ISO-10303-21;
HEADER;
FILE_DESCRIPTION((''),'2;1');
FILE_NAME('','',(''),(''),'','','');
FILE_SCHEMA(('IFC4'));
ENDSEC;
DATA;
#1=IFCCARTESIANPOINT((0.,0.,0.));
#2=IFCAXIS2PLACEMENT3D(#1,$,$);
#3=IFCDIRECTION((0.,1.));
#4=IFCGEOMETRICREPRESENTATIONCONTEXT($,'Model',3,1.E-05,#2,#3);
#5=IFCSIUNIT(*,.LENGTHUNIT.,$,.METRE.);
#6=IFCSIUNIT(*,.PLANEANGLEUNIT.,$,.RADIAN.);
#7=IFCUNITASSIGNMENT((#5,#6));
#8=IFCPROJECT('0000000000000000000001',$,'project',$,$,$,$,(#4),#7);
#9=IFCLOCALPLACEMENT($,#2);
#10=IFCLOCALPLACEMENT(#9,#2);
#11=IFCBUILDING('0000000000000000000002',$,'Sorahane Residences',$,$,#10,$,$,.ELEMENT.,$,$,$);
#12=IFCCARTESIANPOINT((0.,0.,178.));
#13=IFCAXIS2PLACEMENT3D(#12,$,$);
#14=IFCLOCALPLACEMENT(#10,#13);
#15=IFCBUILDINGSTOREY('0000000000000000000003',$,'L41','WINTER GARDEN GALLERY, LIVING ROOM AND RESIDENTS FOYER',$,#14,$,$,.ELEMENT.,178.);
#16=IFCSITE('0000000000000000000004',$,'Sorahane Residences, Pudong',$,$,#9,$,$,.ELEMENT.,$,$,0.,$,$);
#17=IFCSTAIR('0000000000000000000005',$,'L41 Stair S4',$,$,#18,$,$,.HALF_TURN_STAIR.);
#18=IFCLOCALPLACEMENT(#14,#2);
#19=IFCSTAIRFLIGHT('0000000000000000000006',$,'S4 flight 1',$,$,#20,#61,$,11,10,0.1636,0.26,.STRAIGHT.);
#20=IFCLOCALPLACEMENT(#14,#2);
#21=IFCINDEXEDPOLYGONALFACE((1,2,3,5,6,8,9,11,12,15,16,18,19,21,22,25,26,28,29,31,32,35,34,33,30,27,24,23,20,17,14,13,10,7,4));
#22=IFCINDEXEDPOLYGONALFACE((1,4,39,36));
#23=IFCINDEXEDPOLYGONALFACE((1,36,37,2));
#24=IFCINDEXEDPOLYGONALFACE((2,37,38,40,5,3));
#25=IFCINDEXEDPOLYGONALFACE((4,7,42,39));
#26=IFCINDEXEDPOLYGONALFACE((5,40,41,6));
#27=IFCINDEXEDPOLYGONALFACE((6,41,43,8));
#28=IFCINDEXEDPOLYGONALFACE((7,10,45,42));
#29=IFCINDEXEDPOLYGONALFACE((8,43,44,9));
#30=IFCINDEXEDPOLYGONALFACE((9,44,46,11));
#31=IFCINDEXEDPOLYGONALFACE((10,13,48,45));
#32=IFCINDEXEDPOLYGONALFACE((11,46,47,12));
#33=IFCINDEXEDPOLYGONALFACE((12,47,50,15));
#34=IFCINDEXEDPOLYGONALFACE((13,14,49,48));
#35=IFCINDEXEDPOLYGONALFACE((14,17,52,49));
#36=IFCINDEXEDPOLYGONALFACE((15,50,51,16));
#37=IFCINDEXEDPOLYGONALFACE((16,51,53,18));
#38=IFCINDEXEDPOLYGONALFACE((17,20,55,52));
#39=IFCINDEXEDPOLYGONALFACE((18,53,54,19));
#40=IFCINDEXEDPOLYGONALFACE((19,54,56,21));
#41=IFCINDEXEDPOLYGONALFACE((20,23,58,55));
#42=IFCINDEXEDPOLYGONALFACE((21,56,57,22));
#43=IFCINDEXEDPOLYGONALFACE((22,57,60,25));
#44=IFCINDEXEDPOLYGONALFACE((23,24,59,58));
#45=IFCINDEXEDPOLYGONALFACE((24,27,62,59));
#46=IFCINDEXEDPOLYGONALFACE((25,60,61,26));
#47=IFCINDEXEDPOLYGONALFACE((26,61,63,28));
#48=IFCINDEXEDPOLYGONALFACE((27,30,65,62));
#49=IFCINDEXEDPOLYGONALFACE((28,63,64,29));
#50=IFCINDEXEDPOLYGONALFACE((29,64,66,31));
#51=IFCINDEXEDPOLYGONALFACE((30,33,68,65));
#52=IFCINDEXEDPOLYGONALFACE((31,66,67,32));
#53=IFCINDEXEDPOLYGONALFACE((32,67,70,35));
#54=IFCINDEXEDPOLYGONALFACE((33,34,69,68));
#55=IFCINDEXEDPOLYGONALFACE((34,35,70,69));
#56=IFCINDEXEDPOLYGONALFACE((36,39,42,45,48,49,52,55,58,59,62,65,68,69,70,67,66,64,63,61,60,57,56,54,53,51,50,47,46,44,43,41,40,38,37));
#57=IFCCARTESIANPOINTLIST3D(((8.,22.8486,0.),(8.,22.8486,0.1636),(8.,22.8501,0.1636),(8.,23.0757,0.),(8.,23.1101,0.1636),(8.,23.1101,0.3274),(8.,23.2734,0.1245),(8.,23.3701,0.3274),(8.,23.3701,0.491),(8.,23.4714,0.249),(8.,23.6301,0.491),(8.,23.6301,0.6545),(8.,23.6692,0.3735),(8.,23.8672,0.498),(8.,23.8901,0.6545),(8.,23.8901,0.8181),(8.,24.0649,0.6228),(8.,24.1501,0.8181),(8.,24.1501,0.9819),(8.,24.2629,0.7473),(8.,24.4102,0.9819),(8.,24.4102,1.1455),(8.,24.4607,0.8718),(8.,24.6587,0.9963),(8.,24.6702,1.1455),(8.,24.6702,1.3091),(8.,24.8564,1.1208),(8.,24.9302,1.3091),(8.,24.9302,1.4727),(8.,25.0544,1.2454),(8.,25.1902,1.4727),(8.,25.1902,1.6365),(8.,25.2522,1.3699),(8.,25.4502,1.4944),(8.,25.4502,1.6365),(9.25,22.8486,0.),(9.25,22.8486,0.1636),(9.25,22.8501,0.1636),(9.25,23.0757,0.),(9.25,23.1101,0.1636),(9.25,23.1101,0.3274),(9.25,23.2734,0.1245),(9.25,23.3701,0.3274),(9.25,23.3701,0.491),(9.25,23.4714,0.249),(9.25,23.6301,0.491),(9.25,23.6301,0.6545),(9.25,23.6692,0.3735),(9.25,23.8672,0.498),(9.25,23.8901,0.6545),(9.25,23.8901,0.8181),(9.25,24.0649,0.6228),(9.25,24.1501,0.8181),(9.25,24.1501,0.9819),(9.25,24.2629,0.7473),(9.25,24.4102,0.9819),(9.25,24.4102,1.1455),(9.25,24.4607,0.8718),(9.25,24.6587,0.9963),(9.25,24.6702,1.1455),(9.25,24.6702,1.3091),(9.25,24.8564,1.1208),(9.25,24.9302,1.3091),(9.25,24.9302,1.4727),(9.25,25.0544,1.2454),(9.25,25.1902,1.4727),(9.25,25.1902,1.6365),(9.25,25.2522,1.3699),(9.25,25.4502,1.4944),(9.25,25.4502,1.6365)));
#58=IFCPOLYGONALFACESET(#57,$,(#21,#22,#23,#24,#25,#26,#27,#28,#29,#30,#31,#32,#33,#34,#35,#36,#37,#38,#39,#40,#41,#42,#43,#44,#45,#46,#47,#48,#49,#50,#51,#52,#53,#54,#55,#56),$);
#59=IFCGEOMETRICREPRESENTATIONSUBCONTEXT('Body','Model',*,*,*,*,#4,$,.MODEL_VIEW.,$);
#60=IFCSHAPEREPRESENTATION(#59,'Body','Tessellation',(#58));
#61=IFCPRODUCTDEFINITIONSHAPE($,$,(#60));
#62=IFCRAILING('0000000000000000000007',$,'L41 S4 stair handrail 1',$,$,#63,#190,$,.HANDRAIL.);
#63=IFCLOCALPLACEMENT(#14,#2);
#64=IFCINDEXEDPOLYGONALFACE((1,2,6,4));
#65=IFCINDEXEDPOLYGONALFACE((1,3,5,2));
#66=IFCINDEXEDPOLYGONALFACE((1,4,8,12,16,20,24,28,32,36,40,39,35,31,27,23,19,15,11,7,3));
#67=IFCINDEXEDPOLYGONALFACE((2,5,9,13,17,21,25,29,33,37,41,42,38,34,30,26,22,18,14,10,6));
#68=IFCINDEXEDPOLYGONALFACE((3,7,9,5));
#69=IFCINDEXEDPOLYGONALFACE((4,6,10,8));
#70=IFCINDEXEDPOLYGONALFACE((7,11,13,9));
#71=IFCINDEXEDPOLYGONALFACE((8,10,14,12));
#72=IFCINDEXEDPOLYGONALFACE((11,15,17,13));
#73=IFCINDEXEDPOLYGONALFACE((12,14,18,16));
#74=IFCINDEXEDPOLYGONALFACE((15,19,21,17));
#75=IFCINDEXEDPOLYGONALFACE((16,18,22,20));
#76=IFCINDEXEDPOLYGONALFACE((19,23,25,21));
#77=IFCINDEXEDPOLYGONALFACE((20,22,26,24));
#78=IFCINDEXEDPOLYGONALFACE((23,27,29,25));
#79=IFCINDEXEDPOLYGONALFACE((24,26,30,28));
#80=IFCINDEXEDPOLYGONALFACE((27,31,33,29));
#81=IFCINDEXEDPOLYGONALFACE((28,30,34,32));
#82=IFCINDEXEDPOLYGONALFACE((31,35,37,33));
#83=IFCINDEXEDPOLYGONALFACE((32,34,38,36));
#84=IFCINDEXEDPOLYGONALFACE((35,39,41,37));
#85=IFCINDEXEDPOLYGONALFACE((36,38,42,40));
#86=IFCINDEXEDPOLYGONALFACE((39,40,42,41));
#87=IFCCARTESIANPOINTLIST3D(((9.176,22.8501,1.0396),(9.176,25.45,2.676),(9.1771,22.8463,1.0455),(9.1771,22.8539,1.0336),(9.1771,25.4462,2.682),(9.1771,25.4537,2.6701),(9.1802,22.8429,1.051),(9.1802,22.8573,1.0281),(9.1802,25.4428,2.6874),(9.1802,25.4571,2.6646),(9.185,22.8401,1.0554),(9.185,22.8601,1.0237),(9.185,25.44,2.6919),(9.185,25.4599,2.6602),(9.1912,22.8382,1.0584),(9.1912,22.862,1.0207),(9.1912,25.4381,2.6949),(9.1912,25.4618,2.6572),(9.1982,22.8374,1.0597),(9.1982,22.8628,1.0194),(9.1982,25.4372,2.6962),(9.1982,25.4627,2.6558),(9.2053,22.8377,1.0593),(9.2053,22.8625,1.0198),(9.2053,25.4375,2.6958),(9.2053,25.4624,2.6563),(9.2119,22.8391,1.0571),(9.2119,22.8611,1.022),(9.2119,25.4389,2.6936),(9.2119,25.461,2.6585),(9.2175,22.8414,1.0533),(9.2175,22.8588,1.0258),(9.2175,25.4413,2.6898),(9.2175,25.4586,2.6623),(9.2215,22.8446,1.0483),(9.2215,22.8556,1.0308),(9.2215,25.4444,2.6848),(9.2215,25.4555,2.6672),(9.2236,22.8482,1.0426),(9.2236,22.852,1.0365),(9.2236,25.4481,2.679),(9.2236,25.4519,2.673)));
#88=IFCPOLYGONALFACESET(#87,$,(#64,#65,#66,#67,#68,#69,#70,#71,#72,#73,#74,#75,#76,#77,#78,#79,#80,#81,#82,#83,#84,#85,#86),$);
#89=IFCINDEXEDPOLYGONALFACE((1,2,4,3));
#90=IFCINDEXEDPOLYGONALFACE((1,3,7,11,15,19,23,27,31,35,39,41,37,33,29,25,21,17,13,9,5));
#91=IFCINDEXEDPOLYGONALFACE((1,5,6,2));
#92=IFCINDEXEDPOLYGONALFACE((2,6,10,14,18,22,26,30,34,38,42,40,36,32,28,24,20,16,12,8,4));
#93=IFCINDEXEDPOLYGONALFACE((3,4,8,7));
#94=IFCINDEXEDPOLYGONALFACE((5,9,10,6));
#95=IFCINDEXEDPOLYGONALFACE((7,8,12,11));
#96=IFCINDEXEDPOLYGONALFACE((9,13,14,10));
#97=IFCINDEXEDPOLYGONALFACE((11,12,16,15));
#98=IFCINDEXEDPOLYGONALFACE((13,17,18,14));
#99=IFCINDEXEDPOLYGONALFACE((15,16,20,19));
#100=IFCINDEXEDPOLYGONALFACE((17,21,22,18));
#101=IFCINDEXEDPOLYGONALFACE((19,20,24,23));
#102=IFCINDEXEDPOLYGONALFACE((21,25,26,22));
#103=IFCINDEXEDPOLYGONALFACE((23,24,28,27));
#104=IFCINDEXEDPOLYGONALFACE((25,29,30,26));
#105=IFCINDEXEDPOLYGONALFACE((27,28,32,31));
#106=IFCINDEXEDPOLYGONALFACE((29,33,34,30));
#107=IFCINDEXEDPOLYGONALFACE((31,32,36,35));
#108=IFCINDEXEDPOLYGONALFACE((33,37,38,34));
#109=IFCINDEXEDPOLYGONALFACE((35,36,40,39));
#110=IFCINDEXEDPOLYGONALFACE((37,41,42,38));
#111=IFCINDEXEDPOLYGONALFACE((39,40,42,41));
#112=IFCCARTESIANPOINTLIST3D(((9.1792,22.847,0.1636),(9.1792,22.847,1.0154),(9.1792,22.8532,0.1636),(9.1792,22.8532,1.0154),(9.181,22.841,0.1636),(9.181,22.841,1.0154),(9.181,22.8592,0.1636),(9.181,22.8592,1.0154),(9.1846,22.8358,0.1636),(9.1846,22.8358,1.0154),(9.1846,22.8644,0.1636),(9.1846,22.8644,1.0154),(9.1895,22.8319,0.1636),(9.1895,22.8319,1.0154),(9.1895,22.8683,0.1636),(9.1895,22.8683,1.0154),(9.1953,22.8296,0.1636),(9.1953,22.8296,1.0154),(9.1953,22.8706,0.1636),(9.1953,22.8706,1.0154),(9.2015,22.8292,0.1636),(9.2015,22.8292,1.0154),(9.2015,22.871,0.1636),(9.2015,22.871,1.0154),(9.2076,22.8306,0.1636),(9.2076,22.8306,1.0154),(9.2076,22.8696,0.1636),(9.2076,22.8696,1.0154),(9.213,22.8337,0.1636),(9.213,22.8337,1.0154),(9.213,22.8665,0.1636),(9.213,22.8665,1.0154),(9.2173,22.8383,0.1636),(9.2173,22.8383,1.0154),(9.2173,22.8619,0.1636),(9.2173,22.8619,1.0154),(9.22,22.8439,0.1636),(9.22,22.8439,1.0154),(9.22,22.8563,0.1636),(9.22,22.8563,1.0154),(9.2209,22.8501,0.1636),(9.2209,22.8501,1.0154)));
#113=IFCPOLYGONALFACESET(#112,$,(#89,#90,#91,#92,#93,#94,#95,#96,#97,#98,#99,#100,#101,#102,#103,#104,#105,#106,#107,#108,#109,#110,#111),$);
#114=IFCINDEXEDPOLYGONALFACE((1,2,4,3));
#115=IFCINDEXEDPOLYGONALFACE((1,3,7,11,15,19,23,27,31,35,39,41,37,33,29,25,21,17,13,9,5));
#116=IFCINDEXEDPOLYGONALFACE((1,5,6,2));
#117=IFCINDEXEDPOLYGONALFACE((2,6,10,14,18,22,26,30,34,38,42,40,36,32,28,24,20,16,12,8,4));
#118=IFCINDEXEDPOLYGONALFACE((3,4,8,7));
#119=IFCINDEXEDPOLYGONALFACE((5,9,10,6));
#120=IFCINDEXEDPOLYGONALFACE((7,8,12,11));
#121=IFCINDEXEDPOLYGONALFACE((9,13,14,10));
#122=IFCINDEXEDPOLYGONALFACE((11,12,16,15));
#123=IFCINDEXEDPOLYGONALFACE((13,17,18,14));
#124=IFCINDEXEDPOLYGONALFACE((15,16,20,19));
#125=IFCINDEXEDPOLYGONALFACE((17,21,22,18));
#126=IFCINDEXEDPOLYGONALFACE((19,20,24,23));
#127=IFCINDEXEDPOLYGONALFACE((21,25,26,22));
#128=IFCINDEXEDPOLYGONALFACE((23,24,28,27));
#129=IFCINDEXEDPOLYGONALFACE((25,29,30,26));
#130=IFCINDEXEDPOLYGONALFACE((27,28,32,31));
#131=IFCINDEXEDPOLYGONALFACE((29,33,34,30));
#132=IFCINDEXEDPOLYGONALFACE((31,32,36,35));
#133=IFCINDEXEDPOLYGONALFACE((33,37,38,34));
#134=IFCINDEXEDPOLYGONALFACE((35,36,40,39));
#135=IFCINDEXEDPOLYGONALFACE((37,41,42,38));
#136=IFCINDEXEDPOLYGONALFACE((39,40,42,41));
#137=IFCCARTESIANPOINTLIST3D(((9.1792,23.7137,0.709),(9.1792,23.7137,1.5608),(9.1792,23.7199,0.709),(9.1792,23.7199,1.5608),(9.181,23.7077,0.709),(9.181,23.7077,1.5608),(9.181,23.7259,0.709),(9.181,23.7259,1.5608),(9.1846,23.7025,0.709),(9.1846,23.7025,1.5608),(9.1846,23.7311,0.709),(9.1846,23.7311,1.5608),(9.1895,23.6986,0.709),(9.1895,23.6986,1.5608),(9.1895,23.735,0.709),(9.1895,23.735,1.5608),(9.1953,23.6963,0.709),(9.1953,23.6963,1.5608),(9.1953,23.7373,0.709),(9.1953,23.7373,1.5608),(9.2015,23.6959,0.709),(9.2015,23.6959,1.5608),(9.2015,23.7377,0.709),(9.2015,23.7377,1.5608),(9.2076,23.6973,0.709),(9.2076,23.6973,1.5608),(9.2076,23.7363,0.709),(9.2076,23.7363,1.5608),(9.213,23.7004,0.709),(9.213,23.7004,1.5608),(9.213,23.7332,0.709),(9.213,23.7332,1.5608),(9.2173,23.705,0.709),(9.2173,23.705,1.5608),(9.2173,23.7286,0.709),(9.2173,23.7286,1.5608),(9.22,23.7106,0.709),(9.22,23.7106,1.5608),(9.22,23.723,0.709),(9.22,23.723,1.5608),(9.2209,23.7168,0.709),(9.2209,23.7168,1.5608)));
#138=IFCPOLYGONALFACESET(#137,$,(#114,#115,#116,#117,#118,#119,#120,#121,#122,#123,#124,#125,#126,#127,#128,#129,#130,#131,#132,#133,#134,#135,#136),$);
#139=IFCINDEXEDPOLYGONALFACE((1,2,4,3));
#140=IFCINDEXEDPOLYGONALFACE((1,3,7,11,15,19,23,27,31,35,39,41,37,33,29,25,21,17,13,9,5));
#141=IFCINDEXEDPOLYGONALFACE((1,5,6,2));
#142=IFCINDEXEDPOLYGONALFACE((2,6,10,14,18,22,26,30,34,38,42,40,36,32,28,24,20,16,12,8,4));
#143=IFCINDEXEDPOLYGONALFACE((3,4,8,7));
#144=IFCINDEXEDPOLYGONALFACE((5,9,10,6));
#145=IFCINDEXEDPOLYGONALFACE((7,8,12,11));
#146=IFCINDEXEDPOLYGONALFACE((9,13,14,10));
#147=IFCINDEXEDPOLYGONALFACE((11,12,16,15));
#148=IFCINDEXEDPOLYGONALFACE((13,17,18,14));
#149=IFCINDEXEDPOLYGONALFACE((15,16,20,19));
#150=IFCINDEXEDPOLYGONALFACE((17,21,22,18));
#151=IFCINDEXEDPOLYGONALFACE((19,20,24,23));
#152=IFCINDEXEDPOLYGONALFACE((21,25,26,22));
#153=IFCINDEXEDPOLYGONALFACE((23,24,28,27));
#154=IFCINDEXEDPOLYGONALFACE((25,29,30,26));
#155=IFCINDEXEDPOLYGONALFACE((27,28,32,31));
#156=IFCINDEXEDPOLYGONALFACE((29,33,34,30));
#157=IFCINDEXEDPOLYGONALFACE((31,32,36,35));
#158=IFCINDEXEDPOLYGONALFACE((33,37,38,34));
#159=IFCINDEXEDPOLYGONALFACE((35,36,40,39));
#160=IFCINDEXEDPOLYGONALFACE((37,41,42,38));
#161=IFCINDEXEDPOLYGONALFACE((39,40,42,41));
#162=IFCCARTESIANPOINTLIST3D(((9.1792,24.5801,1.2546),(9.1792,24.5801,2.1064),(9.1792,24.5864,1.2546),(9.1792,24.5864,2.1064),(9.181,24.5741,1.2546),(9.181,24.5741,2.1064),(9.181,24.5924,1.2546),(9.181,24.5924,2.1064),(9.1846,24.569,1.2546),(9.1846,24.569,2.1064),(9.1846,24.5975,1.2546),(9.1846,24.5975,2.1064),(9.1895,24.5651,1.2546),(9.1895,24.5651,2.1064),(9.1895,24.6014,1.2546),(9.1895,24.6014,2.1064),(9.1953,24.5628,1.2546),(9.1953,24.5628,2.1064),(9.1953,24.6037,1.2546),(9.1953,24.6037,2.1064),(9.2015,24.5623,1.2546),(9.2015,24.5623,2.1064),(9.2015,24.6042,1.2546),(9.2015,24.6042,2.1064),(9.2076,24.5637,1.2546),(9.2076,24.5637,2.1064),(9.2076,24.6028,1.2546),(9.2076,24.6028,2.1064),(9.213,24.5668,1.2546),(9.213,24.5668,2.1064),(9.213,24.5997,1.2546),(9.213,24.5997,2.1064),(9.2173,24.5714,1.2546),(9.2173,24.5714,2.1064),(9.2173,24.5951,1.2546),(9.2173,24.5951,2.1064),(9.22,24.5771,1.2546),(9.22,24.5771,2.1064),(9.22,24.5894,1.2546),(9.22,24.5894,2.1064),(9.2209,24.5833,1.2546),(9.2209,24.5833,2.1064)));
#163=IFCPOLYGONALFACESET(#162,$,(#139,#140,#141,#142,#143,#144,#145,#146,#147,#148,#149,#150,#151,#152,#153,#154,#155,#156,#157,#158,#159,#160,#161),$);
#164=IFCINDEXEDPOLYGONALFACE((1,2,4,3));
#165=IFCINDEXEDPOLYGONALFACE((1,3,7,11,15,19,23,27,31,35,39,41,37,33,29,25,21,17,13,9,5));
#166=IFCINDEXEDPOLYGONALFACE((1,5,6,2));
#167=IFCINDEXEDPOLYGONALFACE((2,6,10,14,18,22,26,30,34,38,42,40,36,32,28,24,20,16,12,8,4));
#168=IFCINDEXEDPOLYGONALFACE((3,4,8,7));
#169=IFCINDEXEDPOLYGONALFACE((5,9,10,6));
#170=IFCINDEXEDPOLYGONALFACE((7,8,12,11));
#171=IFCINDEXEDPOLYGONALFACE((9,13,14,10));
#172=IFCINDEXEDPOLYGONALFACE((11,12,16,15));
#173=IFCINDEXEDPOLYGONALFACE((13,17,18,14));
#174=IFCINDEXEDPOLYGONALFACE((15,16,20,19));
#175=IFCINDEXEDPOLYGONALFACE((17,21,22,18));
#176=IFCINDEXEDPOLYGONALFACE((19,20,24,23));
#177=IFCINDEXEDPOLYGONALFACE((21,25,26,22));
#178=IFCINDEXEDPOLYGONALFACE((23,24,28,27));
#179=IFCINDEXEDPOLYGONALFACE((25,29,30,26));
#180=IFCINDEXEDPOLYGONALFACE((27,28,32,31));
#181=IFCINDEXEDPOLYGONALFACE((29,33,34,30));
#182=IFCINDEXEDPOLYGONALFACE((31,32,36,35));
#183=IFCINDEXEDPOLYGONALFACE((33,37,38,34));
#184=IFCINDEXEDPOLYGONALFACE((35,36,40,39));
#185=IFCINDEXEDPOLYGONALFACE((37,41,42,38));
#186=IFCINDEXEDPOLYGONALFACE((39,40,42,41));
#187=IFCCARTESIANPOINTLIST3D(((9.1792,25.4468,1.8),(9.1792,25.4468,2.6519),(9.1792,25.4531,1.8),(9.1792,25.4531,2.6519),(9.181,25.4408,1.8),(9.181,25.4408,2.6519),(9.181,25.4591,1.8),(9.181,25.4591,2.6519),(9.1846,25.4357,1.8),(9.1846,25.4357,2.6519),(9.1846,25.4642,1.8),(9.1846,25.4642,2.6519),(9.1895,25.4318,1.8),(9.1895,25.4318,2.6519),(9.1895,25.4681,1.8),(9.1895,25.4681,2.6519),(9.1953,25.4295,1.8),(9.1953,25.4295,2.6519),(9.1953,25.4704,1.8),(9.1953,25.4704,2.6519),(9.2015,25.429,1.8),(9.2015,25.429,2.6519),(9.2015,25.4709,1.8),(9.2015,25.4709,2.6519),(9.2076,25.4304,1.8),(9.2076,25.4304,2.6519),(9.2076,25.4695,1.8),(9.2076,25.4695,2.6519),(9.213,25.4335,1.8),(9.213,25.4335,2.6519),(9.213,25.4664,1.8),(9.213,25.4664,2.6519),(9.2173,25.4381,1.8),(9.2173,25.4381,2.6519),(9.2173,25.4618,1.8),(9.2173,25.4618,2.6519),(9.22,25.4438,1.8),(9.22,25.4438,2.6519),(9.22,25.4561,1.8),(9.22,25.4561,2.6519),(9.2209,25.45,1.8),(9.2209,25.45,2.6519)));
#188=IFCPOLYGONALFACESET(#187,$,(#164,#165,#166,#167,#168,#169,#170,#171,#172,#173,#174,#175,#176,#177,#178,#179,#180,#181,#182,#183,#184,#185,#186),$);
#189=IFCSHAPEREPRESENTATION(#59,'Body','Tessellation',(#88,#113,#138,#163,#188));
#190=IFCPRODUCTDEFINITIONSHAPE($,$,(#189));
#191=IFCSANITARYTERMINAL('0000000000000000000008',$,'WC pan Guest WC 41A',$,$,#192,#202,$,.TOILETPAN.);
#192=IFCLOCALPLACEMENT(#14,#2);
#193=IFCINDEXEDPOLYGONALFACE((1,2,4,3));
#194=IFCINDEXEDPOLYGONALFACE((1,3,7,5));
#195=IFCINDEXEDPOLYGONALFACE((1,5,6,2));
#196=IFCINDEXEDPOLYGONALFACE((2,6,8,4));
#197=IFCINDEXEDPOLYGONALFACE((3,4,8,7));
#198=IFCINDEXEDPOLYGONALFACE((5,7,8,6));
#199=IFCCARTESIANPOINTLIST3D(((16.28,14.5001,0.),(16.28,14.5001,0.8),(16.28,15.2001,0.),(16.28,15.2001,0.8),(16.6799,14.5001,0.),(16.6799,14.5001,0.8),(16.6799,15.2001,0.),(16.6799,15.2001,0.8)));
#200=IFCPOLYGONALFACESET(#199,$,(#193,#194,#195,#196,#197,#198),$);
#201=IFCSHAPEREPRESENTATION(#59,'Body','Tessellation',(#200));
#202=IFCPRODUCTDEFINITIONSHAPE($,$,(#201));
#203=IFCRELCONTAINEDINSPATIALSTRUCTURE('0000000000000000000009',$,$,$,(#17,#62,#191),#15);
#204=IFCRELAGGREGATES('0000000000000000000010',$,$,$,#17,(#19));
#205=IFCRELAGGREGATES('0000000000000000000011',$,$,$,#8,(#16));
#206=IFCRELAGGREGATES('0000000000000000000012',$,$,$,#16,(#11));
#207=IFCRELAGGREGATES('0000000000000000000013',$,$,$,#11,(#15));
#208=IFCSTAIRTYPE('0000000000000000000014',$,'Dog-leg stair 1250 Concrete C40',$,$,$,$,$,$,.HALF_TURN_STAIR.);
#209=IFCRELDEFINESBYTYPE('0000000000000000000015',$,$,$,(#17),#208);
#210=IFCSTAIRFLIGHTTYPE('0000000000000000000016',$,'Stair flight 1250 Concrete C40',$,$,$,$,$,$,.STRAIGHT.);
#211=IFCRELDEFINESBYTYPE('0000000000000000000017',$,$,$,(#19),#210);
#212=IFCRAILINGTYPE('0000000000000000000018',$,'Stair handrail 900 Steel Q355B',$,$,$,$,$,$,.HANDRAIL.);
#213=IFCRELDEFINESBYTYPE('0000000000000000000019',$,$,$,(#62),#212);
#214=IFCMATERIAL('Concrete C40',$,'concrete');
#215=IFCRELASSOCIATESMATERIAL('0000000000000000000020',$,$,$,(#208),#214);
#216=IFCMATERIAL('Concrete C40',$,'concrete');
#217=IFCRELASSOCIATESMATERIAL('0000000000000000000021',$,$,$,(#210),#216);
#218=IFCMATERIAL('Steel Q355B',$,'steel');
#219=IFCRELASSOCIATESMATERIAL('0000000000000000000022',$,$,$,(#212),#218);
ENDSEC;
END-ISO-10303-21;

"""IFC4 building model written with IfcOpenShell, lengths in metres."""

from ifc_helpers import new_model, si_unit, direction, frame, origin, origin_2d, place, context, subcontext, project, spatial, polyline, rectangle, circle, outline, extrude, material, type_object, element, aggregate, save


model = new_model("IFC4")

# Units and contexts
model_context = context("Model", 3, precision=1e-05, world=origin(), true_north=direction((0.0, 1.0)))
body_context = subcontext(model_context, "Body", "Model", "MODEL_VIEW")
ifc_project = project(units=[si_unit("LENGTHUNIT", "METRE"), si_unit("PLANEANGLEUNIT", "RADIAN")], contexts=[model_context])

# Site, building, storey
site_placement = place(None, origin())
site = spatial("IfcSite", under=ifc_project, at=site_placement, Name="Sorahane Residences, Pudong", CompositionType="ELEMENT", RefElevation=0.0)
building_placement = place(site_placement, origin())
building = spatial("IfcBuilding", under=site, at=building_placement, Name="Sorahane Residences", CompositionType="ELEMENT")
storey_placement = place(building_placement, frame((0.0, 0.0, 178.0)))
storey = spatial("IfcBuildingStorey", under=building, at=storey_placement, Name="L41", Description="WINTER GARDEN GALLERY, LIVING ROOM AND RESIDENTS FOYER", CompositionType="ELEMENT", Elevation=178.0)

# Stair, stair flight
ifc_material_1 = material(Name="Concrete C40", Category="concrete")
stair_type = type_object("IfcStairType", Name="Dog-leg stair 1250 Concrete C40", PredefinedType="HALF_TURN_STAIR", material=ifc_material_1)
stair_placement = place(storey_placement, origin())
stair = element("IfcStair", 1, at=stair_placement, inside=storey, type_object=stair_type, Name="L41 Stair S4", PredefinedType="HALF_TURN_STAIR")
ifc_material_2 = material(Name="Concrete C40", Category="concrete")
stair_flight_type = type_object("IfcStairFlightType", Name="Stair flight 1250 Concrete C40", PredefinedType="STRAIGHT", material=ifc_material_2)
stair_flight_placement = place(storey_placement, frame((8.625, 22.8501, 0.0), z_axis=(0.0, 0.0, 1.0), x_axis=(0.0, 1.0, 0.0)))
stair_flight = element("IfcStairFlight", 2, at=stair_flight_placement, type_object=stair_flight_type, Name="S4 flight 1", NumberOfRisers=11, NumberOfTreads=10, PredefinedType="STRAIGHT", RiserHeight=0.1636, TreadLength=0.26, context=body_context, shape_type="SweptSolid", body=[
    extrude(outline(polyline([(-0.0015, 0.0), (-0.0015, 0.1636), (0.0, 0.1636), (0.26, 0.1636), (0.26, 0.3274), (0.52, 0.3274), (0.52, 0.491), (0.78, 0.491), (0.78, 0.6545), (1.04, 0.6545), (1.04, 0.8181), (1.3, 0.8181), (1.3, 0.9819), (1.5601, 0.9819), (1.5601, 1.1455), (1.8201, 1.1455), (1.8201, 1.3091), (2.0801, 1.3091), (2.0801, 1.4727), (2.3401, 1.4727), (2.3401, 1.6365), (2.6001, 1.6365), (2.6001, 1.8), (2.6001, 1.4944), (2.4021, 1.3699), (2.2043, 1.2454), (2.0063, 1.1208), (1.8086, 0.9963), (1.6106, 0.8718), (1.4128, 0.7473), (1.2148, 0.6228), (1.0171, 0.498), (0.8191, 0.3735), (0.6213, 0.249), (0.4233, 0.1245), (0.2256, 0.0), (-0.0015, 0.0)])), frame((0.0, 0.625, 0.0), z_axis=(0.0, -1.0, 0.0), x_axis=(1.0, 0.0, 0.0)), (0.0, 0.0, 1.0), 1.25),
])
aggregate(stair, [stair_flight])

# Railing
ifc_material_3 = material(Name="Steel Q355B", Category="steel")
railing_type_1 = type_object("IfcRailingType", Name="Stair handrail 900 Steel Q355B", PredefinedType="HANDRAIL", material=ifc_material_3)
railing_1_placement = place(storey_placement, frame((9.2, 22.8501, 0.1636)))
element("IfcRailing", 3, at=railing_1_placement, inside=storey, type_object=railing_type_1, Name="L41 S4 stair handrail 1", PredefinedType="HANDRAIL", context=body_context, shape_type="SweptSolid", body=[
    extrude(circle(Radius=0.0239, at=origin_2d()), frame((0.0, 0.0, 0.876), z_axis=(0.0, 0.846302, 0.532704), x_axis=(-1.0, 0.0, 0.0)), (0.0, 0.0, 1.0), 3.072),
    extrude(circle(Radius=0.021, at=origin_2d()), origin(), (0.0, 0.0, 1.0), 0.8518),
    extrude(circle(Radius=0.021, at=origin_2d()), frame((0.0, 0.8667, 0.5454)), (0.0, 0.0, 1.0), 0.8518),
    extrude(circle(Radius=0.021, at=origin_2d()), frame((0.0, 1.7332, 1.0911)), (0.0, 0.0, 1.0), 0.8518),
    extrude(circle(Radius=0.021, at=origin_2d()), frame((0.0, 2.5999, 1.6365)), (0.0, 0.0, 1.0), 0.8518),
])

# Sanitary terminal
sanitary_terminal_1_placement = place(storey_placement, frame((16.48, 14.8501, 0.0), z_axis=(0.0, 0.0, 1.0), x_axis=(1.0, 0.0, 0.0)))
element("IfcSanitaryTerminal", 4, at=sanitary_terminal_1_placement, inside=storey, Name="WC pan Guest WC 41A", PredefinedType="TOILETPAN", context=body_context, shape_type="SweptSolid", body=[
    extrude(rectangle(XDim=0.3999, YDim=0.7, at=origin_2d()), origin(), (0.0, 0.0, 1.0), 0.8),
])

save(model, "model.ifc")
